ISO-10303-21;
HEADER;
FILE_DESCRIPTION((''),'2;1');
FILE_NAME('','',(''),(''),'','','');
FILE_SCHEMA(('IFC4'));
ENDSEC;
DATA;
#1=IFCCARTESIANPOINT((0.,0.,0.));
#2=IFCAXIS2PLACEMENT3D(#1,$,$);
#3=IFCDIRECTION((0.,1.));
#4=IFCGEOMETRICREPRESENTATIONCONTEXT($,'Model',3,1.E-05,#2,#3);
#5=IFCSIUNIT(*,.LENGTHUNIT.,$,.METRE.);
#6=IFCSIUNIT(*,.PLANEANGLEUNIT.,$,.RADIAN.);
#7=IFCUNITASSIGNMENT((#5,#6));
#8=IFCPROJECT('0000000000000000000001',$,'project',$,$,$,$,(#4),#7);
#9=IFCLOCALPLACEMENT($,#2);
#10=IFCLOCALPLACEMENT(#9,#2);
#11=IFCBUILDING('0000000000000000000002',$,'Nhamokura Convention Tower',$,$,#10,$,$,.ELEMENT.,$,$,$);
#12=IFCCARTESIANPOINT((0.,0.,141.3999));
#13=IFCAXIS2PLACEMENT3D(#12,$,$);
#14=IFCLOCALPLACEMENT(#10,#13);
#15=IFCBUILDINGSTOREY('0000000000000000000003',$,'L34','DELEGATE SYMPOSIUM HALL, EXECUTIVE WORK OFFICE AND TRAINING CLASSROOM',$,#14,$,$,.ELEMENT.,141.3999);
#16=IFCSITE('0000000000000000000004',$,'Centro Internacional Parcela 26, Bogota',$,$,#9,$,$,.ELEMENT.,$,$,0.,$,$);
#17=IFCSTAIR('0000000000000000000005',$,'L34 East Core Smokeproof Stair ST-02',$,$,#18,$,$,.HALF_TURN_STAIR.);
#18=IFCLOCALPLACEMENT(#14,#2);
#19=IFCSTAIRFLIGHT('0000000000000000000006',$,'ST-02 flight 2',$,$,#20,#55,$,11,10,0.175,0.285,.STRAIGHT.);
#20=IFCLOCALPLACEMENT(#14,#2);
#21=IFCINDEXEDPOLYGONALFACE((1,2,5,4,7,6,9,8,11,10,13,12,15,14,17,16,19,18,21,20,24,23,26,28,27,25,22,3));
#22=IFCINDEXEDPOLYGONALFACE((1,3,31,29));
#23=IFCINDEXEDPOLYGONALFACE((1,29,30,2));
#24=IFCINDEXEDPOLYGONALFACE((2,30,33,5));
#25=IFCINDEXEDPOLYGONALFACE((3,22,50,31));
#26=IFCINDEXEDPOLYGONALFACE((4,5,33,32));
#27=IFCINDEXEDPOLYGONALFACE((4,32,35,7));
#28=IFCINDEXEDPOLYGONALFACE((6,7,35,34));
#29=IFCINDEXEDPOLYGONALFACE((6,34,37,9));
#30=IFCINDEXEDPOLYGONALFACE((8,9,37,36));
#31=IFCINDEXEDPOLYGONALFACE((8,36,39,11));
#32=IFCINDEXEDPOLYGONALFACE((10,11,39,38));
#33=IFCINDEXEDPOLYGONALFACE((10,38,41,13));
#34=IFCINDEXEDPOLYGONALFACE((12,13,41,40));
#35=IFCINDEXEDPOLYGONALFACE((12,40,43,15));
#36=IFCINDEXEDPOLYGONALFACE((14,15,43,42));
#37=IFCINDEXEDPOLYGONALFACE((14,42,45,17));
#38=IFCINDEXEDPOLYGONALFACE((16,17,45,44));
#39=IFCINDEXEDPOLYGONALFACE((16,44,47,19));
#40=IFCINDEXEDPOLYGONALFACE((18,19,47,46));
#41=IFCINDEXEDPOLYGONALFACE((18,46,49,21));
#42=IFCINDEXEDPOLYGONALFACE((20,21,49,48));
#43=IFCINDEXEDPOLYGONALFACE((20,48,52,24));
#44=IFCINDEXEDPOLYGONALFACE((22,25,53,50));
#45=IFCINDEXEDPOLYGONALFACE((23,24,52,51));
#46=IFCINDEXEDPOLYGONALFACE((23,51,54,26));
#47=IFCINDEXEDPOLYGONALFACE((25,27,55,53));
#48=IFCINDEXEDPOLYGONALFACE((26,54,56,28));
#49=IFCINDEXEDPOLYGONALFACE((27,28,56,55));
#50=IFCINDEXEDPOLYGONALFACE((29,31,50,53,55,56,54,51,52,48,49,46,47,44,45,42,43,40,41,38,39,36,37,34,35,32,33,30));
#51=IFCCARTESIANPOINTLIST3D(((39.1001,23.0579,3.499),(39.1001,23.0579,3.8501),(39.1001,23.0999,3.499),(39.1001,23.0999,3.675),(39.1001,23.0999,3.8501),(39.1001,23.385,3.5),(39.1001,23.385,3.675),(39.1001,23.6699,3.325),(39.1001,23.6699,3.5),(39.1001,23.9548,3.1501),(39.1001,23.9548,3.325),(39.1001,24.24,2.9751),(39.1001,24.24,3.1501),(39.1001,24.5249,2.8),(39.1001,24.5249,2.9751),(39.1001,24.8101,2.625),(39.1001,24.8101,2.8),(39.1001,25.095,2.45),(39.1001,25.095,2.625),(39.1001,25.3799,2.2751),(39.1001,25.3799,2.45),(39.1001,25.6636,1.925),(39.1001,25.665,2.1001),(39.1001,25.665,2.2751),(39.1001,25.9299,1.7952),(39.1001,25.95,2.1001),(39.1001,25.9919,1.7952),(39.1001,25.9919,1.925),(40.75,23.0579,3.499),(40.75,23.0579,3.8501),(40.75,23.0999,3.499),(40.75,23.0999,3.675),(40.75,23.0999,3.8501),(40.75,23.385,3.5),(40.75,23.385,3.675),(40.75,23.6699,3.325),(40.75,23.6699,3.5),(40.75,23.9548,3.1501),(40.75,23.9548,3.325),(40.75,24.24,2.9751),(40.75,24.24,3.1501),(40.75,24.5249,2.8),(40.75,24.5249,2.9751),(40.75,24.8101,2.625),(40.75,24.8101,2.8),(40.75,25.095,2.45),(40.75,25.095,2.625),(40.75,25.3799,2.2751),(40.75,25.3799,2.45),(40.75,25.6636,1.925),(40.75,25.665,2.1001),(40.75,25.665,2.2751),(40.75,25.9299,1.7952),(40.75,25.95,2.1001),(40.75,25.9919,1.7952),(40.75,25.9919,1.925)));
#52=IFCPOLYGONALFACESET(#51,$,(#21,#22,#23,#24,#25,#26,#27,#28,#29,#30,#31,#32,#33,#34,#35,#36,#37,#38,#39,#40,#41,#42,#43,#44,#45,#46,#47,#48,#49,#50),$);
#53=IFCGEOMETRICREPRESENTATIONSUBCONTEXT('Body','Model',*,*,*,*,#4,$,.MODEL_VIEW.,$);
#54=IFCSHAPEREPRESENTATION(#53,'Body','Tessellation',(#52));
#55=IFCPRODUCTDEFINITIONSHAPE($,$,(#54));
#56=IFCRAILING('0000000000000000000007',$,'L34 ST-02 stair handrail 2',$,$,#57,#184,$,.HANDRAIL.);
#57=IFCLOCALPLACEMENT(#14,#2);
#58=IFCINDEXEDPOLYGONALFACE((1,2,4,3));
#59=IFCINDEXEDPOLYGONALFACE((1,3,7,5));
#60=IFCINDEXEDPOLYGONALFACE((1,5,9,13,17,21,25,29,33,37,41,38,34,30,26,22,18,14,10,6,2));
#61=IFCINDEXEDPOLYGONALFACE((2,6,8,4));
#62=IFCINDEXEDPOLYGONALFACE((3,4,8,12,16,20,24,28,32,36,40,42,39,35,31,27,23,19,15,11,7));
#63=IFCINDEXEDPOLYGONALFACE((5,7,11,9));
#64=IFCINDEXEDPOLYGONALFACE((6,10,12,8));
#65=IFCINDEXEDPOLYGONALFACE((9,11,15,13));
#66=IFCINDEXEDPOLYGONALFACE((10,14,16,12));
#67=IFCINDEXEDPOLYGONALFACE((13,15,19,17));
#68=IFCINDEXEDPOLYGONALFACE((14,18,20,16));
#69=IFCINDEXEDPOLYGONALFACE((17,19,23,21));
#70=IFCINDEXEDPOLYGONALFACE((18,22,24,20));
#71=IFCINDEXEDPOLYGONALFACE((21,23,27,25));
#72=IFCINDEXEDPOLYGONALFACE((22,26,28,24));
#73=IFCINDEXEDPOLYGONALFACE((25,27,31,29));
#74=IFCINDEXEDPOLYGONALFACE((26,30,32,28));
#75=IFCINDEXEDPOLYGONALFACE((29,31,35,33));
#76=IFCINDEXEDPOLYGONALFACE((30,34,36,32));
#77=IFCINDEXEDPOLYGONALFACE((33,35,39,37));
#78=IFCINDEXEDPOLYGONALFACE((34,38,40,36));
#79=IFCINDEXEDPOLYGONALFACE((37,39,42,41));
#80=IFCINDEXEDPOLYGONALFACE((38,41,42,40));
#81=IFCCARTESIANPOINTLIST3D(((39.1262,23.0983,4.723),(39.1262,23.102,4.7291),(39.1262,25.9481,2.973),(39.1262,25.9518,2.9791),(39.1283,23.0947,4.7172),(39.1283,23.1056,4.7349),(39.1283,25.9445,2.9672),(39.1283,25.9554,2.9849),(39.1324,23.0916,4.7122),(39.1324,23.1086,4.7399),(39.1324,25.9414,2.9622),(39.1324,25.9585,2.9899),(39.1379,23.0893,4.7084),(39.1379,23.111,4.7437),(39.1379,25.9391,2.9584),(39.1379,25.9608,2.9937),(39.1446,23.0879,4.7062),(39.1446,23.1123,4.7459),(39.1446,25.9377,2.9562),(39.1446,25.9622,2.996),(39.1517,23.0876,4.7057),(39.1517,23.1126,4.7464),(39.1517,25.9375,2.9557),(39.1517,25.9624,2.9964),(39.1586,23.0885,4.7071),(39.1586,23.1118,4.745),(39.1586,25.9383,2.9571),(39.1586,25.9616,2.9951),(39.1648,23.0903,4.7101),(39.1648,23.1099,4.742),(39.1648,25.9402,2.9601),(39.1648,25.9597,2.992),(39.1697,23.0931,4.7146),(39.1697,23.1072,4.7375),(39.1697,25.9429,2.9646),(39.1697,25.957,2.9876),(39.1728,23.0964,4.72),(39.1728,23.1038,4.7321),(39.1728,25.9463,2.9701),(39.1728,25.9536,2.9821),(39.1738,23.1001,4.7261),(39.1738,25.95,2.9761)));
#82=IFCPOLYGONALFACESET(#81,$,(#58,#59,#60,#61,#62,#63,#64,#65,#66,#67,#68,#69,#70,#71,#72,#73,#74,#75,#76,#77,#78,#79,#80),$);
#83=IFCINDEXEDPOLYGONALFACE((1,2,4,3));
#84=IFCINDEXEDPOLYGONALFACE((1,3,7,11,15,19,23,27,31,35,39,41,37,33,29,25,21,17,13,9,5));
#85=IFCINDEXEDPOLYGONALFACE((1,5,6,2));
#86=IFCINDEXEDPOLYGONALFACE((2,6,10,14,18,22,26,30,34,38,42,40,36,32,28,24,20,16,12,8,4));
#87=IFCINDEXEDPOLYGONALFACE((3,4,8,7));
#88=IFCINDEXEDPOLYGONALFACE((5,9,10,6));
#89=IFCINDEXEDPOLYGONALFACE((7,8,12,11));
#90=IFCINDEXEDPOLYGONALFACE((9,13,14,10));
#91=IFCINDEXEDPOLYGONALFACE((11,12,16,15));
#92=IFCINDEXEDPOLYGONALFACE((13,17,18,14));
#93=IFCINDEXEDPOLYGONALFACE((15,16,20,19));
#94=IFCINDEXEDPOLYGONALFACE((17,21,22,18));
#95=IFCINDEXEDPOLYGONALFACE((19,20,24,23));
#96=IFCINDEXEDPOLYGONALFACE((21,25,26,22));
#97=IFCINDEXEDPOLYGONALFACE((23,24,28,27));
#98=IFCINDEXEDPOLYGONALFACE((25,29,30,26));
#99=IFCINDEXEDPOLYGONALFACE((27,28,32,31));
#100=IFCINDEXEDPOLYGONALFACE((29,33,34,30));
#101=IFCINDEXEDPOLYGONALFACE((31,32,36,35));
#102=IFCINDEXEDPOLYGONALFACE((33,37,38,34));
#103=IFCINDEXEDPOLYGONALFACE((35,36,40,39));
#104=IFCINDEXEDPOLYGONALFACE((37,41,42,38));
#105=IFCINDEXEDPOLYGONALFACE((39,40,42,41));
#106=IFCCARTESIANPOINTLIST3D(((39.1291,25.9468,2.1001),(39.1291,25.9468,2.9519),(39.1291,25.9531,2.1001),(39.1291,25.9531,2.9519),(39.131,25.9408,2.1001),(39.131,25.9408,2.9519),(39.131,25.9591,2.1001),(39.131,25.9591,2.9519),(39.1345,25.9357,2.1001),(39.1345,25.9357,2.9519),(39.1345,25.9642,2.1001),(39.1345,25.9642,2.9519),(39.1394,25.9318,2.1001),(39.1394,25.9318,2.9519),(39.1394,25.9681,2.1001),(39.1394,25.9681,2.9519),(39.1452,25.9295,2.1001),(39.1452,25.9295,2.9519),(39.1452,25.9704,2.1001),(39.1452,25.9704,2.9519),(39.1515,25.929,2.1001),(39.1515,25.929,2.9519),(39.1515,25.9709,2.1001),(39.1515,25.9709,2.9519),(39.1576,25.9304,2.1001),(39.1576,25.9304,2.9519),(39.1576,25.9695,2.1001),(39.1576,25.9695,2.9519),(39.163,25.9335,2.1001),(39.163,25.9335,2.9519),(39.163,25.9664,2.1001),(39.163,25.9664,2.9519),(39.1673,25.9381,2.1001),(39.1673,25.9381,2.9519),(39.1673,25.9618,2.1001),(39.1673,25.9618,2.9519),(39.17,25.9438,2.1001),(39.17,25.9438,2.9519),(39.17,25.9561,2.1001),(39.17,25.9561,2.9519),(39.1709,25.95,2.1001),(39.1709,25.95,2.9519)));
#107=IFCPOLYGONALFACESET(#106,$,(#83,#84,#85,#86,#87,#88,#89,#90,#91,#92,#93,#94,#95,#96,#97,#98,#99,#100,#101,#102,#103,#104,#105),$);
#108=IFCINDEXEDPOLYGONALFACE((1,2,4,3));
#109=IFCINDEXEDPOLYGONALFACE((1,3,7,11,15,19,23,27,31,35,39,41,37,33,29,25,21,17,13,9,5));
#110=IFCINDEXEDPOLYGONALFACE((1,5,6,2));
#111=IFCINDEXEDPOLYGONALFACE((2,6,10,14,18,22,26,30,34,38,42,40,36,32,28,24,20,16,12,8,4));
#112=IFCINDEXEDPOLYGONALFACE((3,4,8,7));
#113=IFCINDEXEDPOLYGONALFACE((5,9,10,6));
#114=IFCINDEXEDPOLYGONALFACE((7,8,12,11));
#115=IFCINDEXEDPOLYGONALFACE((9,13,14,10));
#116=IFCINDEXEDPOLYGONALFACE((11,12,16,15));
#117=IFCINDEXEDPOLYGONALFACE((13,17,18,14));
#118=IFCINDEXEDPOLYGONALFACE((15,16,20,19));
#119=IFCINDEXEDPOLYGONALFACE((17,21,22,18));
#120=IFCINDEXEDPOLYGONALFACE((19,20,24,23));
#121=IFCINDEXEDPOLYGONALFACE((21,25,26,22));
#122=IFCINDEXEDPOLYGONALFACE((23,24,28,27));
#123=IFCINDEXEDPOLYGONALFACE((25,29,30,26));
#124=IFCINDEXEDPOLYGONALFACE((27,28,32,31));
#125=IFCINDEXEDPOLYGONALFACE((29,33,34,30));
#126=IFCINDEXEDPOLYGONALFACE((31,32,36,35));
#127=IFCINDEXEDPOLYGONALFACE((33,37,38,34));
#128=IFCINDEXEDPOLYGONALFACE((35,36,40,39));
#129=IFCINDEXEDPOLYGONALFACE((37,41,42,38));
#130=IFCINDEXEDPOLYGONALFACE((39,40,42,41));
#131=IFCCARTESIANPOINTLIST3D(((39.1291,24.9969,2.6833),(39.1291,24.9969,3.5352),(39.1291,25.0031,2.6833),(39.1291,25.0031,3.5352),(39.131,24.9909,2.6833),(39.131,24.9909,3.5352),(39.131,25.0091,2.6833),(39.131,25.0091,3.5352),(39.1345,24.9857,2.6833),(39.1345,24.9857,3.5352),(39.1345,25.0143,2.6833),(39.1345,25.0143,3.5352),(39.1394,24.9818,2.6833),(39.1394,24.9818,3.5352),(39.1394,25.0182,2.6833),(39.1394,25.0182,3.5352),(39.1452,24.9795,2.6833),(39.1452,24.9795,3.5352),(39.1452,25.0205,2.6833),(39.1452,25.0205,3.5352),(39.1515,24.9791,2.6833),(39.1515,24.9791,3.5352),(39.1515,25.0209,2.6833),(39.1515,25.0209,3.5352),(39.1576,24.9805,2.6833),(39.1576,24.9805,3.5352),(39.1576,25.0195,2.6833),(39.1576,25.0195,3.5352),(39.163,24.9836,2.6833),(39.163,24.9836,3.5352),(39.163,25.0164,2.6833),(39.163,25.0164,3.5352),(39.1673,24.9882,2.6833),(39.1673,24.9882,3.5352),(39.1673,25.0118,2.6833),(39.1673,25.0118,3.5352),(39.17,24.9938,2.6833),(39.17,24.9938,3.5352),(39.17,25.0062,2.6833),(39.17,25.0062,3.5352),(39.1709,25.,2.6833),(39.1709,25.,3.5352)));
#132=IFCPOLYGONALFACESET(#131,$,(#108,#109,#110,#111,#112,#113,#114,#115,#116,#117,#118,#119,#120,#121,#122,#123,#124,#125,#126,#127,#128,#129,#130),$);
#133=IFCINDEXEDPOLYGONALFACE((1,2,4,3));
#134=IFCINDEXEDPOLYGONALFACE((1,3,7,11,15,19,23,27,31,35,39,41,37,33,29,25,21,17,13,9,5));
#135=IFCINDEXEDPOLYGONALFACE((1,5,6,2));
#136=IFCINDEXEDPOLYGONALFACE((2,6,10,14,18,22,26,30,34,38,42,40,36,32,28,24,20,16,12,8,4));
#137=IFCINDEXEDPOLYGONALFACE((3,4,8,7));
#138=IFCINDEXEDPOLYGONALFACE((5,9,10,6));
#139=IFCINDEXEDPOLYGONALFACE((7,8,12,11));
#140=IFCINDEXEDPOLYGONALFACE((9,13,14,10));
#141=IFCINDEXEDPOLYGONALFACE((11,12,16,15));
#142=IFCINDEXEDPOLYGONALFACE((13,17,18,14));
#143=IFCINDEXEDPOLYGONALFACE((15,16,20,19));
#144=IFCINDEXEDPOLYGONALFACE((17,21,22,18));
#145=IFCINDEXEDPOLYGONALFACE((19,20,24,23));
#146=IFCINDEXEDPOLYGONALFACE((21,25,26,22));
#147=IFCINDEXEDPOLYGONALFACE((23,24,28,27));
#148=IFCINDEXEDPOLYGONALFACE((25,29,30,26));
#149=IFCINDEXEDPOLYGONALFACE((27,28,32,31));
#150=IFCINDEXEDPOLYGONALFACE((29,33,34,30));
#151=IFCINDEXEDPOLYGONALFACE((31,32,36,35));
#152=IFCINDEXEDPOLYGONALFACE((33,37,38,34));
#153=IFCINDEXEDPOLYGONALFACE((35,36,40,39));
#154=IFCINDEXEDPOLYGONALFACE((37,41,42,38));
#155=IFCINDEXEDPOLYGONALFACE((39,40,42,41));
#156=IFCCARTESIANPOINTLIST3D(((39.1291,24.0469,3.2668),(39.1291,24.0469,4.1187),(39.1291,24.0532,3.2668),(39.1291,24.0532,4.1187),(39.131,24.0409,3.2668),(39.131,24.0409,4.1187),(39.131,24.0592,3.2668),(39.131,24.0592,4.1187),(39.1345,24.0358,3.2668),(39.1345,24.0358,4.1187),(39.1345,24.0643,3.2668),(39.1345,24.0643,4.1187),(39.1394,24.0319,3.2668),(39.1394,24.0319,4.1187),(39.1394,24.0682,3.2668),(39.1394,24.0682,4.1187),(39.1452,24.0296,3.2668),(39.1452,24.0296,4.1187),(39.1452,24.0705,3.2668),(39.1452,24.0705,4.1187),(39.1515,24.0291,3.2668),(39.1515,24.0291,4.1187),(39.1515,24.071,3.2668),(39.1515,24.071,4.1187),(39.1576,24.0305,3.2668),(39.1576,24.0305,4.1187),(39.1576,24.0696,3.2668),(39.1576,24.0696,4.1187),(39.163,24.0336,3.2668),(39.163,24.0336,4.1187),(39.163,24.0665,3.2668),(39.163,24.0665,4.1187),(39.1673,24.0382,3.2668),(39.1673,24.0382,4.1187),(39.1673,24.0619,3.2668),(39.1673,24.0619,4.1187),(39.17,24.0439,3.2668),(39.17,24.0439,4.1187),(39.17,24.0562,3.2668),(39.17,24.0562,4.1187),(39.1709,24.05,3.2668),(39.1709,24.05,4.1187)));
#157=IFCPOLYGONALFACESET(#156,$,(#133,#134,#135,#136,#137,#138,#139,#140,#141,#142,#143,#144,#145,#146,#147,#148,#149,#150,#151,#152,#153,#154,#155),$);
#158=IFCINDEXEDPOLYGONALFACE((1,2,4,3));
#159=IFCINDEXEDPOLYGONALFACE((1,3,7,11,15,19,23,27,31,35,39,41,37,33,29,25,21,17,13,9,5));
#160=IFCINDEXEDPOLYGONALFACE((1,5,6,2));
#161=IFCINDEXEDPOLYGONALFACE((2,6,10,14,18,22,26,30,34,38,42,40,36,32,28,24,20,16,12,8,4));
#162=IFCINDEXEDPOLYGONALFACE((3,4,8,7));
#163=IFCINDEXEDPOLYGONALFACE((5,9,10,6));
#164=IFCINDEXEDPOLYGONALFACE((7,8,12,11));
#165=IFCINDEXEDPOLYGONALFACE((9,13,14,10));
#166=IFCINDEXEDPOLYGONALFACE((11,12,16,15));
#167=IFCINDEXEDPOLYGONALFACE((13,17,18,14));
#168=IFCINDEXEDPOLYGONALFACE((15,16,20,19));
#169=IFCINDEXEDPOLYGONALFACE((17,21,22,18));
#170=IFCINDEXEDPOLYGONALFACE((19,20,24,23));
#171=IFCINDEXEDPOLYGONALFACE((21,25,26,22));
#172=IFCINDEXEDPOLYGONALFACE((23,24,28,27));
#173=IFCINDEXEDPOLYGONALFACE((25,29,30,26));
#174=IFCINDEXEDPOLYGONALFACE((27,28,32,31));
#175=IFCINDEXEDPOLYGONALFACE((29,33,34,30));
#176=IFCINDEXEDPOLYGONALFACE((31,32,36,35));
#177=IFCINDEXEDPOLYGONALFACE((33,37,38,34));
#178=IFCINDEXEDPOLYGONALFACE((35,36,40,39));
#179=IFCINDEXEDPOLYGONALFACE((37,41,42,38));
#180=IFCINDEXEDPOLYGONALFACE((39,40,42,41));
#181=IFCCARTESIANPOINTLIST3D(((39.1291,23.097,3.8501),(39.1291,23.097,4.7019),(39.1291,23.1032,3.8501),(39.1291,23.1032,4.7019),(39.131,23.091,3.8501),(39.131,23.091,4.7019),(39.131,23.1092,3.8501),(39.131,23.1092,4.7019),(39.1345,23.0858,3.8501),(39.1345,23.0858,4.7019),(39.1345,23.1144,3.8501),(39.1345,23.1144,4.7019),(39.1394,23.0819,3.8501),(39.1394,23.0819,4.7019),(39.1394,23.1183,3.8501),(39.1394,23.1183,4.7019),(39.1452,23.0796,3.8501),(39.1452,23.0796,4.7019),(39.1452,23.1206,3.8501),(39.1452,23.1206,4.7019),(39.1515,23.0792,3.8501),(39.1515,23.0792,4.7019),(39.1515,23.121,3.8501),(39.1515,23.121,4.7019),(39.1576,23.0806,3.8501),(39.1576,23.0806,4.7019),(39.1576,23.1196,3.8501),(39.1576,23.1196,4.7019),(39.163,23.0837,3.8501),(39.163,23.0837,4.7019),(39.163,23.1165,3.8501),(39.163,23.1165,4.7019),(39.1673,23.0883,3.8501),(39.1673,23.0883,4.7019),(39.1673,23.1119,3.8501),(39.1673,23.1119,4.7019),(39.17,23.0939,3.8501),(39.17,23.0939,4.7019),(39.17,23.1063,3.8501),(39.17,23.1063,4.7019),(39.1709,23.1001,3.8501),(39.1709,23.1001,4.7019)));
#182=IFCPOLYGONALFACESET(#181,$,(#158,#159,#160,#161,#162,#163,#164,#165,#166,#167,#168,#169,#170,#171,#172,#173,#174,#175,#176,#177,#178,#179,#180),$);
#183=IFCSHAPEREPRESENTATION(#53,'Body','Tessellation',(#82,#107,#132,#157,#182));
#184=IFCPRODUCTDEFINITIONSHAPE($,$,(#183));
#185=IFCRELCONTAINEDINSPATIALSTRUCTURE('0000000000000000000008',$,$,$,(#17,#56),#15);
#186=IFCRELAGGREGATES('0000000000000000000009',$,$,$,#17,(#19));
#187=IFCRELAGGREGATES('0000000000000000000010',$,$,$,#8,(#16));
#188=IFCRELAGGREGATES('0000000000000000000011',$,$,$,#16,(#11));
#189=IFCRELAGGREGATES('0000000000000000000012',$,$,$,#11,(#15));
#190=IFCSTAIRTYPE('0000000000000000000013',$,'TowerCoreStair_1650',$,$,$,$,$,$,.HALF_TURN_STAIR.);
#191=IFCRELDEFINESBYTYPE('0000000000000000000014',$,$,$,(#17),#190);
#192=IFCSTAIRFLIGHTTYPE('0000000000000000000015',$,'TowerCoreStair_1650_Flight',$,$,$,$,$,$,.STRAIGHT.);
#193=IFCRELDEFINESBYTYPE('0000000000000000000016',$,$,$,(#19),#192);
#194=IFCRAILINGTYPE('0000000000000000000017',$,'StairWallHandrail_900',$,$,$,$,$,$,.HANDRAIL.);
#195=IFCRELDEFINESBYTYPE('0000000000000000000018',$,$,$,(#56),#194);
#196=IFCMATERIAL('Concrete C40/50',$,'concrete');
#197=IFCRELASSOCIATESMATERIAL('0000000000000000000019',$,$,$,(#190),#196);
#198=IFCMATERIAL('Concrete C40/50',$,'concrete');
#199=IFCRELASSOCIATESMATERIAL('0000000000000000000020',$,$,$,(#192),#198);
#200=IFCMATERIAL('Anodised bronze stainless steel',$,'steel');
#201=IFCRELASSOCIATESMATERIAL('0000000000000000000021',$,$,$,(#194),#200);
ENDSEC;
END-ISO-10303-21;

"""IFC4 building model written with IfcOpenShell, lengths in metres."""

from ifc_helpers import new_model, si_unit, direction, frame, origin, origin_2d, place, context, subcontext, project, spatial, polyline, circle, outline, extrude, material, type_object, element, aggregate, save


model = new_model("IFC4")

# Units and contexts
model_context = context("Model", 3, precision=1e-05, world=origin(), true_north=direction((0.0, 1.0)))
body_context = subcontext(model_context, "Body", "Model", "MODEL_VIEW")
ifc_project = project(units=[si_unit("LENGTHUNIT", "METRE"), si_unit("PLANEANGLEUNIT", "RADIAN")], contexts=[model_context])

# Site, building, storey
site_placement = place(None, origin())
site = spatial("IfcSite", under=ifc_project, at=site_placement, Name="Centro Internacional Parcela 26, Bogota", CompositionType="ELEMENT", RefElevation=0.0)
building_placement = place(site_placement, origin())
building = spatial("IfcBuilding", under=site, at=building_placement, Name="Nhamokura Convention Tower", CompositionType="ELEMENT")
storey_placement = place(building_placement, frame((0.0, 0.0, 141.3999)))
storey = spatial("IfcBuildingStorey", under=building, at=storey_placement, Name="L34", Description="DELEGATE SYMPOSIUM HALL, EXECUTIVE WORK OFFICE AND TRAINING CLASSROOM", CompositionType="ELEMENT", Elevation=141.3999)

# Stair, stair flight
ifc_material_1 = material(Name="Concrete C40/50", Category="concrete")
stair_type = type_object("IfcStairType", Name="TowerCoreStair_1650", PredefinedType="HALF_TURN_STAIR", material=ifc_material_1)
stair_placement = place(storey_placement, origin())
stair = element("IfcStair", 1, at=stair_placement, inside=storey, type_object=stair_type, Name="L34 East Core Smokeproof Stair ST-02", PredefinedType="HALF_TURN_STAIR")
ifc_material_2 = material(Name="Concrete C40/50", Category="concrete")
stair_flight_type = type_object("IfcStairFlightType", Name="TowerCoreStair_1650_Flight", PredefinedType="STRAIGHT", material=ifc_material_2)
stair_flight_placement = place(storey_placement, frame((39.925, 25.95, 1.925), z_axis=(0.0, 0.0, 1.0), x_axis=(0.0, -1.0, 0.0)))
stair_flight = element("IfcStairFlight", 2, at=stair_flight_placement, type_object=stair_flight_type, Name="ST-02 flight 2", NumberOfRisers=11, NumberOfTreads=10, PredefinedType="STRAIGHT", RiserHeight=0.175, TreadLength=0.285, context=body_context, shape_type="SweptSolid", body=[
    extrude(outline(polyline([(-0.042, 0.0), (0.0, 0.175), (0.2849, 0.175), (0.2849, 0.3501), (0.5701, 0.3501), (0.5701, 0.5249), (0.855, 0.5249), (0.855, 0.7), (1.1399, 0.7), (1.1399, 0.875), (1.425, 0.875), (1.425, 1.05), (1.71, 1.05), (1.71, 1.2251), (1.9951, 1.2251), (1.9951, 1.3999), (2.28, 1.3999), (2.28, 1.575), (2.5649, 1.575), (2.5649, 1.75), (2.8501, 1.75), (2.8501, 1.925), (2.8921, 1.925), (2.8921, 1.574), (2.8501, 1.574), (0.2864, 0.0), (0.02, -0.1299), (-0.042, -0.1299), (-0.042, 0.0)])), frame((0.0, 0.825, 0.0), z_axis=(0.0, -1.0, 0.0), x_axis=(1.0, 0.0, 0.0)), (0.0, 0.0, 1.0), 1.6499),
])
aggregate(stair, [stair_flight])

# Railing
ifc_material_3 = material(Name="Anodised bronze stainless steel", Category="steel")
railing_type_1 = type_object("IfcRailingType", Name="StairWallHandrail_900", PredefinedType="HANDRAIL", material=ifc_material_3)
railing_1_placement = place(storey_placement, frame((39.1499, 25.95, 2.1001)))
element("IfcRailing", 3, at=railing_1_placement, inside=storey, type_object=railing_type_1, Name="L34 ST-02 stair handrail 2", PredefinedType="HANDRAIL", context=body_context, shape_type="SweptSolid", body=[
    extrude(circle(Radius=0.0239, at=origin_2d()), frame((0.0, 0.0, 0.876), z_axis=(0.0, -0.852159, 0.523283), x_axis=(1.0, 0.0, 0.0)), (0.0, 0.0, 1.0), 3.3442),
    extrude(circle(Radius=0.021, at=origin_2d()), origin(), (0.0, 0.0, 1.0), 0.8518),
    extrude(circle(Radius=0.021, at=origin_2d()), frame((0.0, -0.95, 0.5833)), (0.0, 0.0, 1.0), 0.8518),
    extrude(circle(Radius=0.021, at=origin_2d()), frame((0.0, -1.8999, 1.1667)), (0.0, 0.0, 1.0), 0.8518),
    extrude(circle(Radius=0.021, at=origin_2d()), frame((0.0, -2.8499, 1.75)), (0.0, 0.0, 1.0), 0.8518),
])

save(model, "model.ifc")
